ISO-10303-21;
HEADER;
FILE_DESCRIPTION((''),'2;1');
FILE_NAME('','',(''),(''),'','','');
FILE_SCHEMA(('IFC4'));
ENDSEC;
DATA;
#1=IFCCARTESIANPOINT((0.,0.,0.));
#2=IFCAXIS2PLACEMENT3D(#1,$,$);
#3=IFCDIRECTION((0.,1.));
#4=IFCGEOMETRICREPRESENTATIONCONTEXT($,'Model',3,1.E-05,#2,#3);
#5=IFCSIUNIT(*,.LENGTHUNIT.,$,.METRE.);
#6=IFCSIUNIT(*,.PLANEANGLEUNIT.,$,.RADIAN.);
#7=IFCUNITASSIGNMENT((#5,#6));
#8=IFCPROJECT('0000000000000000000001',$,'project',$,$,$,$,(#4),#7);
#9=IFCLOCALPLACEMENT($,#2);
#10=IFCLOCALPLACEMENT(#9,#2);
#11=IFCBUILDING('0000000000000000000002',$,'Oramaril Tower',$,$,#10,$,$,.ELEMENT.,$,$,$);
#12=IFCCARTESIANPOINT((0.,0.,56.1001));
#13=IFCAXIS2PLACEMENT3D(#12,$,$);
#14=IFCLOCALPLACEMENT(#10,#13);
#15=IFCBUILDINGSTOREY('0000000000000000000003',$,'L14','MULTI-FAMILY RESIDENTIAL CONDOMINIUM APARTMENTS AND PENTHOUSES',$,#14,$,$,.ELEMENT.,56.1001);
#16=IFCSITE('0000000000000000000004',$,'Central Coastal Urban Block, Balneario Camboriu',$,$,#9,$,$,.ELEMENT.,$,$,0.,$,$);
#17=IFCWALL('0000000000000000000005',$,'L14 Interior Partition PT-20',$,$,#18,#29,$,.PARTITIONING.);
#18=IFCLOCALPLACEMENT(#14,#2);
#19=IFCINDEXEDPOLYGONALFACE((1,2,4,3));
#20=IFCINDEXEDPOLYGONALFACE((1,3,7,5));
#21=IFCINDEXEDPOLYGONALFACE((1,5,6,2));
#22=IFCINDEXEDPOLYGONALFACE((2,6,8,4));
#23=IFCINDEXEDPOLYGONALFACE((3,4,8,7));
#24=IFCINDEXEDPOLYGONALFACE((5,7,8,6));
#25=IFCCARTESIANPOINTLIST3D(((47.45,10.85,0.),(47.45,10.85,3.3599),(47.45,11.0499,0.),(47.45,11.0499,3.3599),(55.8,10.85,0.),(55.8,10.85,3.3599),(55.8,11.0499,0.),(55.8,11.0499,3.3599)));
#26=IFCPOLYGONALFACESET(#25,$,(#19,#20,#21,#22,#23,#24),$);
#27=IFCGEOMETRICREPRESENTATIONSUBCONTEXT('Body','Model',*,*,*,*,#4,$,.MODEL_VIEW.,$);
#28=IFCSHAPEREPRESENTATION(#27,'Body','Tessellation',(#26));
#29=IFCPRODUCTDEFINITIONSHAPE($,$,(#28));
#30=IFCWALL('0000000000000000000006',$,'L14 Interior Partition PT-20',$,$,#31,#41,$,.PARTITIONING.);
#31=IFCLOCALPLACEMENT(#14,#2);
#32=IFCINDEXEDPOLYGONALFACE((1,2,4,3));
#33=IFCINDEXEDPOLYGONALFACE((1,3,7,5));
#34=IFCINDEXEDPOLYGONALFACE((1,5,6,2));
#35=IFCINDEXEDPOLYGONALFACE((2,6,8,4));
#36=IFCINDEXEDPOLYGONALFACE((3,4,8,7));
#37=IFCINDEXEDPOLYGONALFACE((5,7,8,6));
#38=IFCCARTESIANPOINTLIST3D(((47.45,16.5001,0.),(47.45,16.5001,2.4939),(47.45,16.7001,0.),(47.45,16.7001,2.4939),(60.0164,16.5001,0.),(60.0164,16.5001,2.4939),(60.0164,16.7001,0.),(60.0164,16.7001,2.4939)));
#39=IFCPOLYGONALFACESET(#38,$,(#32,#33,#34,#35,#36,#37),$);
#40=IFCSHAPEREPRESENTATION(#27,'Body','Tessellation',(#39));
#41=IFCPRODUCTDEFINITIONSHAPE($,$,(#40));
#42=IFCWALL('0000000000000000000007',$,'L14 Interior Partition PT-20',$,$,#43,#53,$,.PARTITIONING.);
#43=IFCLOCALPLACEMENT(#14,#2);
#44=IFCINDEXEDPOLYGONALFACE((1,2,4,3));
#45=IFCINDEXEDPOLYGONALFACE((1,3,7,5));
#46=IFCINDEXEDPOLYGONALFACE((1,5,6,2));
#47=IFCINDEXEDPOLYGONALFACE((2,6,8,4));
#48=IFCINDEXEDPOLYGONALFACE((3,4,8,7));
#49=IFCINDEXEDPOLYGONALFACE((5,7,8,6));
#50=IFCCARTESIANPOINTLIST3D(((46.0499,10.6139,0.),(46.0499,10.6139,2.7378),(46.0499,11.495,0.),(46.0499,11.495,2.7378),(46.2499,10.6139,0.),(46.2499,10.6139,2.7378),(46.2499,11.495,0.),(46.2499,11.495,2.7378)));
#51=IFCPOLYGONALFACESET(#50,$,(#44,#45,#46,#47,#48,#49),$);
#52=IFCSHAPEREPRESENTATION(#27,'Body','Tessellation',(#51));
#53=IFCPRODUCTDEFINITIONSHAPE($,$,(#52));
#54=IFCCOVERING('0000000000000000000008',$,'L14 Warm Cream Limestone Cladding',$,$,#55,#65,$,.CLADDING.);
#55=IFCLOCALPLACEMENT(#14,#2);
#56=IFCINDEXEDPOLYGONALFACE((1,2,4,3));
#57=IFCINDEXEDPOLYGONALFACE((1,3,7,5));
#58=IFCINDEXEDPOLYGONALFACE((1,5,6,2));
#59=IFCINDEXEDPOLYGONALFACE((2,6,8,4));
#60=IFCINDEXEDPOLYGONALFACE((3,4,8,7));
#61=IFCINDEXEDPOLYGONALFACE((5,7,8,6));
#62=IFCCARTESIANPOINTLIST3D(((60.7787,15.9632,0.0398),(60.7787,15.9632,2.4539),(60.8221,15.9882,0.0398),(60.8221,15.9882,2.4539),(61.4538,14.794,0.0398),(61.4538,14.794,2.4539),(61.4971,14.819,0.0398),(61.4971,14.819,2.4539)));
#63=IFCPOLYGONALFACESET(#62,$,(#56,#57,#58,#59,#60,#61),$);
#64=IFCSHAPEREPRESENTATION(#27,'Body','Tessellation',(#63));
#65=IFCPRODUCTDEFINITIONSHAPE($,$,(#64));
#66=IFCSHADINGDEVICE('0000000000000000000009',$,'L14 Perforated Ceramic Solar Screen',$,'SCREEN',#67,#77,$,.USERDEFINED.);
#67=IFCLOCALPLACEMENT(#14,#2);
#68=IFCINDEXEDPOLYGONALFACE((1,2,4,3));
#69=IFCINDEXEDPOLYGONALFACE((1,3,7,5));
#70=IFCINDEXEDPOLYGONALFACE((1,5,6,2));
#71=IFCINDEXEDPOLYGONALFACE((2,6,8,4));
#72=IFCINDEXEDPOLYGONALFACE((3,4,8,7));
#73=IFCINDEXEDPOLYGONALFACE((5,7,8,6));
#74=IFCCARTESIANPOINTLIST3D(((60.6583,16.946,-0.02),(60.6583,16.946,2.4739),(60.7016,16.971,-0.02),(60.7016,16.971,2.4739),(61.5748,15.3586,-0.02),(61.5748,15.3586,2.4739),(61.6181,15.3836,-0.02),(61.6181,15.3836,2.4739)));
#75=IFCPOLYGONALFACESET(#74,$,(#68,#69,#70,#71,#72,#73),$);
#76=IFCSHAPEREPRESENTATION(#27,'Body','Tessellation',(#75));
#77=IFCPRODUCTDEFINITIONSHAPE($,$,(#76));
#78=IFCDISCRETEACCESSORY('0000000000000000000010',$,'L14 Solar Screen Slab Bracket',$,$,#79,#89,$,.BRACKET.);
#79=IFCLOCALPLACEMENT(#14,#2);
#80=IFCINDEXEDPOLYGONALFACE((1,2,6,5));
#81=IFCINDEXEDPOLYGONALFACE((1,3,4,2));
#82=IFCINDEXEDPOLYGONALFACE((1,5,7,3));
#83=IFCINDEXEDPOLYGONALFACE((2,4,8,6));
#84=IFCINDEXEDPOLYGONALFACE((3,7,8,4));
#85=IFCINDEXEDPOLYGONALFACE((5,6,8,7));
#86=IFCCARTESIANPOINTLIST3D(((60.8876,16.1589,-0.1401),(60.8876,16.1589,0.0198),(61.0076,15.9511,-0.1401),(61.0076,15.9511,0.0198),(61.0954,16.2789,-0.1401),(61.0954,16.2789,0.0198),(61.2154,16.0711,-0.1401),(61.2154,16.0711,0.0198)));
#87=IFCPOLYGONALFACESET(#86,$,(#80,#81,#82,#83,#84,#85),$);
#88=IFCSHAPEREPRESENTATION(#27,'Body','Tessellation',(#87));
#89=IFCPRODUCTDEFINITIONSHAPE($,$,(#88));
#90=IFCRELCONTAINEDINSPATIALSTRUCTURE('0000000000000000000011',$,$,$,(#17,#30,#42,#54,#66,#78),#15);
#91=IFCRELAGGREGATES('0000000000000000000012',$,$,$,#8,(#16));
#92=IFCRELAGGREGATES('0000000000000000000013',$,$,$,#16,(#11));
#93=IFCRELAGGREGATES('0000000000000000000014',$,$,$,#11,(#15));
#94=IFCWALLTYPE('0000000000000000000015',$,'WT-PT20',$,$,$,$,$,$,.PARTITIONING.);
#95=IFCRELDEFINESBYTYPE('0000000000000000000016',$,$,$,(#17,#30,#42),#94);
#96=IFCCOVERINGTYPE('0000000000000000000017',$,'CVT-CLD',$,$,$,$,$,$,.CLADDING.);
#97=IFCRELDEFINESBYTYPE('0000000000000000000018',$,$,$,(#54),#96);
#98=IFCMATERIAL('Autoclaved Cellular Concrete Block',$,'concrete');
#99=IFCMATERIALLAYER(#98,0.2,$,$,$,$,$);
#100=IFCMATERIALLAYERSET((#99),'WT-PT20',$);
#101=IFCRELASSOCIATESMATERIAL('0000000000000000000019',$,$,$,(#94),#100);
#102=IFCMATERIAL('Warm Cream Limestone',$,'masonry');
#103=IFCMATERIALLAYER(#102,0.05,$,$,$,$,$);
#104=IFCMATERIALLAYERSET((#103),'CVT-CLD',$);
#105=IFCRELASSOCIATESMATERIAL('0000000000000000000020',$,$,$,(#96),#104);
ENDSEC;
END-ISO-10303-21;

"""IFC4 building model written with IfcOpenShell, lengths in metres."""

from ifc_helpers import new_model, si_unit, direction, frame, frame_2d, origin, origin_2d, place, context, subcontext, project, spatial, rectangle, extrude, material, layer, layer_set, type_object, element, save


model = new_model("IFC4")

# Units and contexts
model_context = context("Model", 3, precision=1e-05, world=origin(), true_north=direction((0.0, 1.0)))
body_context = subcontext(model_context, "Body", "Model", "MODEL_VIEW")
ifc_project = project(units=[si_unit("LENGTHUNIT", "METRE"), si_unit("PLANEANGLEUNIT", "RADIAN")], contexts=[model_context])

# Site, building, storey
site_placement = place(None, origin())
site = spatial("IfcSite", under=ifc_project, at=site_placement, Name="Central Coastal Urban Block, Balneario Camboriu", CompositionType="ELEMENT", RefElevation=0.0)
building_placement = place(site_placement, origin())
building = spatial("IfcBuilding", under=site, at=building_placement, Name="Oramaril Tower", CompositionType="ELEMENT")
storey_placement = place(building_placement, frame((0.0, 0.0, 56.1001)))
storey = spatial("IfcBuildingStorey", under=building, at=storey_placement, Name="L14", Description="MULTI-FAMILY RESIDENTIAL CONDOMINIUM APARTMENTS AND PENTHOUSES", CompositionType="ELEMENT", Elevation=56.1001)

# Walls
ifc_material_1 = material(Name="Autoclaved Cellular Concrete Block", Category="concrete")
ifc_layer_1 = layer(ifc_material_1, 0.2)
ifc_layer_set_1 = layer_set([ifc_layer_1], Name="WT-PT20")
wall_type_1 = type_object("IfcWallType", Name="WT-PT20", PredefinedType="PARTITIONING", material=ifc_layer_set_1)
wall_1_placement = place(storey_placement, frame((47.45, 10.95, 0.0), z_axis=(0.0, 0.0, 1.0), x_axis=(1.0, 0.0, 0.0)))
element("IfcWall", 1, at=wall_1_placement, inside=storey, type_object=wall_type_1, Name="L14 Interior Partition PT-20", PredefinedType="PARTITIONING", context=body_context, shape_type="SweptSolid", body=[
    extrude(rectangle(XDim=8.3501, YDim=0.2, at=frame_2d((4.175, 0.0))), origin(), (0.0, 0.0, 1.0), 3.3599),
])
wall_2_placement = place(storey_placement, frame((47.45, 16.6001, 0.0), z_axis=(0.0, 0.0, 1.0), x_axis=(1.0, 0.0, 0.0)))
element("IfcWall", 2, at=wall_2_placement, inside=storey, type_object=wall_type_1, Name="L14 Interior Partition PT-20", PredefinedType="PARTITIONING", context=body_context, shape_type="SweptSolid", body=[
    extrude(rectangle(XDim=12.5664, YDim=0.2, at=frame_2d((6.2832, 0.0))), origin(), (0.0, 0.0, 1.0), 2.4939),
])
wall_3_placement = place(storey_placement, frame((46.1499, 10.614, 0.0), z_axis=(0.0, 0.0, 1.0), x_axis=(0.0, 1.0, 0.0)))
element("IfcWall", 3, at=wall_3_placement, inside=storey, type_object=wall_type_1, Name="L14 Interior Partition PT-20", PredefinedType="PARTITIONING", context=body_context, shape_type="SweptSolid", body=[
    extrude(rectangle(XDim=0.8811, YDim=0.2, at=frame_2d((0.4404, 0.0))), origin(), (0.0, 0.0, 1.0), 2.7378),
])

# Covering
ifc_material_2 = material(Name="Warm Cream Limestone", Category="masonry")
ifc_layer_2 = layer(ifc_material_2, 0.05)
ifc_layer_set_2 = layer_set([ifc_layer_2], Name="CVT-CLD")
covering_type = type_object("IfcCoveringType", Name="CVT-CLD", PredefinedType="CLADDING", material=ifc_layer_set_2)
covering_placement = place(storey_placement, frame((61.1379, 15.3911, 0.0398), z_axis=(0.0, 0.0, 1.0), x_axis=(-0.499998, 0.866026, 0.0)))
element("IfcCovering", 4, at=covering_placement, inside=storey, type_object=covering_type, Name="L14 Warm Cream Limestone Cladding", PredefinedType="CLADDING", context=body_context, shape_type="SweptSolid", body=[
    extrude(rectangle(XDim=1.3501, YDim=0.05, at=origin_2d()), origin(), (0.0, 0.0, 1.0), 2.4141),
])

# Shading device
shading_device_placement = place(storey_placement, frame((61.1382, 16.1648, -0.02), z_axis=(0.0, 0.0, 1.0), x_axis=(-0.499998, 0.866026, 0.0)))
element("IfcShadingDevice", 5, at=shading_device_placement, inside=storey, Name="L14 Perforated Ceramic Solar Screen", ObjectType="SCREEN", PredefinedType="USERDEFINED", context=body_context, shape_type="SweptSolid", body=[
    extrude(rectangle(XDim=1.833, YDim=0.05, at=origin_2d()), origin(), (0.0, 0.0, 1.0), 2.4939),
])

# Discrete accessory
discrete_accessory_placement = place(storey_placement, frame((61.0515, 16.115, -0.1401), z_axis=(0.0, 0.0, 1.0), x_axis=(-0.499998, 0.866026, 0.0)))
element("IfcDiscreteAccessory", 6, at=discrete_accessory_placement, inside=storey, Name="L14 Solar Screen Slab Bracket", PredefinedType="BRACKET", context=body_context, shape_type="SweptSolid", body=[
    extrude(rectangle(XDim=0.24, YDim=0.24, at=origin_2d()), origin(), (0.0, 0.0, 1.0), 0.1599),
])

save(model, "model.ifc")
